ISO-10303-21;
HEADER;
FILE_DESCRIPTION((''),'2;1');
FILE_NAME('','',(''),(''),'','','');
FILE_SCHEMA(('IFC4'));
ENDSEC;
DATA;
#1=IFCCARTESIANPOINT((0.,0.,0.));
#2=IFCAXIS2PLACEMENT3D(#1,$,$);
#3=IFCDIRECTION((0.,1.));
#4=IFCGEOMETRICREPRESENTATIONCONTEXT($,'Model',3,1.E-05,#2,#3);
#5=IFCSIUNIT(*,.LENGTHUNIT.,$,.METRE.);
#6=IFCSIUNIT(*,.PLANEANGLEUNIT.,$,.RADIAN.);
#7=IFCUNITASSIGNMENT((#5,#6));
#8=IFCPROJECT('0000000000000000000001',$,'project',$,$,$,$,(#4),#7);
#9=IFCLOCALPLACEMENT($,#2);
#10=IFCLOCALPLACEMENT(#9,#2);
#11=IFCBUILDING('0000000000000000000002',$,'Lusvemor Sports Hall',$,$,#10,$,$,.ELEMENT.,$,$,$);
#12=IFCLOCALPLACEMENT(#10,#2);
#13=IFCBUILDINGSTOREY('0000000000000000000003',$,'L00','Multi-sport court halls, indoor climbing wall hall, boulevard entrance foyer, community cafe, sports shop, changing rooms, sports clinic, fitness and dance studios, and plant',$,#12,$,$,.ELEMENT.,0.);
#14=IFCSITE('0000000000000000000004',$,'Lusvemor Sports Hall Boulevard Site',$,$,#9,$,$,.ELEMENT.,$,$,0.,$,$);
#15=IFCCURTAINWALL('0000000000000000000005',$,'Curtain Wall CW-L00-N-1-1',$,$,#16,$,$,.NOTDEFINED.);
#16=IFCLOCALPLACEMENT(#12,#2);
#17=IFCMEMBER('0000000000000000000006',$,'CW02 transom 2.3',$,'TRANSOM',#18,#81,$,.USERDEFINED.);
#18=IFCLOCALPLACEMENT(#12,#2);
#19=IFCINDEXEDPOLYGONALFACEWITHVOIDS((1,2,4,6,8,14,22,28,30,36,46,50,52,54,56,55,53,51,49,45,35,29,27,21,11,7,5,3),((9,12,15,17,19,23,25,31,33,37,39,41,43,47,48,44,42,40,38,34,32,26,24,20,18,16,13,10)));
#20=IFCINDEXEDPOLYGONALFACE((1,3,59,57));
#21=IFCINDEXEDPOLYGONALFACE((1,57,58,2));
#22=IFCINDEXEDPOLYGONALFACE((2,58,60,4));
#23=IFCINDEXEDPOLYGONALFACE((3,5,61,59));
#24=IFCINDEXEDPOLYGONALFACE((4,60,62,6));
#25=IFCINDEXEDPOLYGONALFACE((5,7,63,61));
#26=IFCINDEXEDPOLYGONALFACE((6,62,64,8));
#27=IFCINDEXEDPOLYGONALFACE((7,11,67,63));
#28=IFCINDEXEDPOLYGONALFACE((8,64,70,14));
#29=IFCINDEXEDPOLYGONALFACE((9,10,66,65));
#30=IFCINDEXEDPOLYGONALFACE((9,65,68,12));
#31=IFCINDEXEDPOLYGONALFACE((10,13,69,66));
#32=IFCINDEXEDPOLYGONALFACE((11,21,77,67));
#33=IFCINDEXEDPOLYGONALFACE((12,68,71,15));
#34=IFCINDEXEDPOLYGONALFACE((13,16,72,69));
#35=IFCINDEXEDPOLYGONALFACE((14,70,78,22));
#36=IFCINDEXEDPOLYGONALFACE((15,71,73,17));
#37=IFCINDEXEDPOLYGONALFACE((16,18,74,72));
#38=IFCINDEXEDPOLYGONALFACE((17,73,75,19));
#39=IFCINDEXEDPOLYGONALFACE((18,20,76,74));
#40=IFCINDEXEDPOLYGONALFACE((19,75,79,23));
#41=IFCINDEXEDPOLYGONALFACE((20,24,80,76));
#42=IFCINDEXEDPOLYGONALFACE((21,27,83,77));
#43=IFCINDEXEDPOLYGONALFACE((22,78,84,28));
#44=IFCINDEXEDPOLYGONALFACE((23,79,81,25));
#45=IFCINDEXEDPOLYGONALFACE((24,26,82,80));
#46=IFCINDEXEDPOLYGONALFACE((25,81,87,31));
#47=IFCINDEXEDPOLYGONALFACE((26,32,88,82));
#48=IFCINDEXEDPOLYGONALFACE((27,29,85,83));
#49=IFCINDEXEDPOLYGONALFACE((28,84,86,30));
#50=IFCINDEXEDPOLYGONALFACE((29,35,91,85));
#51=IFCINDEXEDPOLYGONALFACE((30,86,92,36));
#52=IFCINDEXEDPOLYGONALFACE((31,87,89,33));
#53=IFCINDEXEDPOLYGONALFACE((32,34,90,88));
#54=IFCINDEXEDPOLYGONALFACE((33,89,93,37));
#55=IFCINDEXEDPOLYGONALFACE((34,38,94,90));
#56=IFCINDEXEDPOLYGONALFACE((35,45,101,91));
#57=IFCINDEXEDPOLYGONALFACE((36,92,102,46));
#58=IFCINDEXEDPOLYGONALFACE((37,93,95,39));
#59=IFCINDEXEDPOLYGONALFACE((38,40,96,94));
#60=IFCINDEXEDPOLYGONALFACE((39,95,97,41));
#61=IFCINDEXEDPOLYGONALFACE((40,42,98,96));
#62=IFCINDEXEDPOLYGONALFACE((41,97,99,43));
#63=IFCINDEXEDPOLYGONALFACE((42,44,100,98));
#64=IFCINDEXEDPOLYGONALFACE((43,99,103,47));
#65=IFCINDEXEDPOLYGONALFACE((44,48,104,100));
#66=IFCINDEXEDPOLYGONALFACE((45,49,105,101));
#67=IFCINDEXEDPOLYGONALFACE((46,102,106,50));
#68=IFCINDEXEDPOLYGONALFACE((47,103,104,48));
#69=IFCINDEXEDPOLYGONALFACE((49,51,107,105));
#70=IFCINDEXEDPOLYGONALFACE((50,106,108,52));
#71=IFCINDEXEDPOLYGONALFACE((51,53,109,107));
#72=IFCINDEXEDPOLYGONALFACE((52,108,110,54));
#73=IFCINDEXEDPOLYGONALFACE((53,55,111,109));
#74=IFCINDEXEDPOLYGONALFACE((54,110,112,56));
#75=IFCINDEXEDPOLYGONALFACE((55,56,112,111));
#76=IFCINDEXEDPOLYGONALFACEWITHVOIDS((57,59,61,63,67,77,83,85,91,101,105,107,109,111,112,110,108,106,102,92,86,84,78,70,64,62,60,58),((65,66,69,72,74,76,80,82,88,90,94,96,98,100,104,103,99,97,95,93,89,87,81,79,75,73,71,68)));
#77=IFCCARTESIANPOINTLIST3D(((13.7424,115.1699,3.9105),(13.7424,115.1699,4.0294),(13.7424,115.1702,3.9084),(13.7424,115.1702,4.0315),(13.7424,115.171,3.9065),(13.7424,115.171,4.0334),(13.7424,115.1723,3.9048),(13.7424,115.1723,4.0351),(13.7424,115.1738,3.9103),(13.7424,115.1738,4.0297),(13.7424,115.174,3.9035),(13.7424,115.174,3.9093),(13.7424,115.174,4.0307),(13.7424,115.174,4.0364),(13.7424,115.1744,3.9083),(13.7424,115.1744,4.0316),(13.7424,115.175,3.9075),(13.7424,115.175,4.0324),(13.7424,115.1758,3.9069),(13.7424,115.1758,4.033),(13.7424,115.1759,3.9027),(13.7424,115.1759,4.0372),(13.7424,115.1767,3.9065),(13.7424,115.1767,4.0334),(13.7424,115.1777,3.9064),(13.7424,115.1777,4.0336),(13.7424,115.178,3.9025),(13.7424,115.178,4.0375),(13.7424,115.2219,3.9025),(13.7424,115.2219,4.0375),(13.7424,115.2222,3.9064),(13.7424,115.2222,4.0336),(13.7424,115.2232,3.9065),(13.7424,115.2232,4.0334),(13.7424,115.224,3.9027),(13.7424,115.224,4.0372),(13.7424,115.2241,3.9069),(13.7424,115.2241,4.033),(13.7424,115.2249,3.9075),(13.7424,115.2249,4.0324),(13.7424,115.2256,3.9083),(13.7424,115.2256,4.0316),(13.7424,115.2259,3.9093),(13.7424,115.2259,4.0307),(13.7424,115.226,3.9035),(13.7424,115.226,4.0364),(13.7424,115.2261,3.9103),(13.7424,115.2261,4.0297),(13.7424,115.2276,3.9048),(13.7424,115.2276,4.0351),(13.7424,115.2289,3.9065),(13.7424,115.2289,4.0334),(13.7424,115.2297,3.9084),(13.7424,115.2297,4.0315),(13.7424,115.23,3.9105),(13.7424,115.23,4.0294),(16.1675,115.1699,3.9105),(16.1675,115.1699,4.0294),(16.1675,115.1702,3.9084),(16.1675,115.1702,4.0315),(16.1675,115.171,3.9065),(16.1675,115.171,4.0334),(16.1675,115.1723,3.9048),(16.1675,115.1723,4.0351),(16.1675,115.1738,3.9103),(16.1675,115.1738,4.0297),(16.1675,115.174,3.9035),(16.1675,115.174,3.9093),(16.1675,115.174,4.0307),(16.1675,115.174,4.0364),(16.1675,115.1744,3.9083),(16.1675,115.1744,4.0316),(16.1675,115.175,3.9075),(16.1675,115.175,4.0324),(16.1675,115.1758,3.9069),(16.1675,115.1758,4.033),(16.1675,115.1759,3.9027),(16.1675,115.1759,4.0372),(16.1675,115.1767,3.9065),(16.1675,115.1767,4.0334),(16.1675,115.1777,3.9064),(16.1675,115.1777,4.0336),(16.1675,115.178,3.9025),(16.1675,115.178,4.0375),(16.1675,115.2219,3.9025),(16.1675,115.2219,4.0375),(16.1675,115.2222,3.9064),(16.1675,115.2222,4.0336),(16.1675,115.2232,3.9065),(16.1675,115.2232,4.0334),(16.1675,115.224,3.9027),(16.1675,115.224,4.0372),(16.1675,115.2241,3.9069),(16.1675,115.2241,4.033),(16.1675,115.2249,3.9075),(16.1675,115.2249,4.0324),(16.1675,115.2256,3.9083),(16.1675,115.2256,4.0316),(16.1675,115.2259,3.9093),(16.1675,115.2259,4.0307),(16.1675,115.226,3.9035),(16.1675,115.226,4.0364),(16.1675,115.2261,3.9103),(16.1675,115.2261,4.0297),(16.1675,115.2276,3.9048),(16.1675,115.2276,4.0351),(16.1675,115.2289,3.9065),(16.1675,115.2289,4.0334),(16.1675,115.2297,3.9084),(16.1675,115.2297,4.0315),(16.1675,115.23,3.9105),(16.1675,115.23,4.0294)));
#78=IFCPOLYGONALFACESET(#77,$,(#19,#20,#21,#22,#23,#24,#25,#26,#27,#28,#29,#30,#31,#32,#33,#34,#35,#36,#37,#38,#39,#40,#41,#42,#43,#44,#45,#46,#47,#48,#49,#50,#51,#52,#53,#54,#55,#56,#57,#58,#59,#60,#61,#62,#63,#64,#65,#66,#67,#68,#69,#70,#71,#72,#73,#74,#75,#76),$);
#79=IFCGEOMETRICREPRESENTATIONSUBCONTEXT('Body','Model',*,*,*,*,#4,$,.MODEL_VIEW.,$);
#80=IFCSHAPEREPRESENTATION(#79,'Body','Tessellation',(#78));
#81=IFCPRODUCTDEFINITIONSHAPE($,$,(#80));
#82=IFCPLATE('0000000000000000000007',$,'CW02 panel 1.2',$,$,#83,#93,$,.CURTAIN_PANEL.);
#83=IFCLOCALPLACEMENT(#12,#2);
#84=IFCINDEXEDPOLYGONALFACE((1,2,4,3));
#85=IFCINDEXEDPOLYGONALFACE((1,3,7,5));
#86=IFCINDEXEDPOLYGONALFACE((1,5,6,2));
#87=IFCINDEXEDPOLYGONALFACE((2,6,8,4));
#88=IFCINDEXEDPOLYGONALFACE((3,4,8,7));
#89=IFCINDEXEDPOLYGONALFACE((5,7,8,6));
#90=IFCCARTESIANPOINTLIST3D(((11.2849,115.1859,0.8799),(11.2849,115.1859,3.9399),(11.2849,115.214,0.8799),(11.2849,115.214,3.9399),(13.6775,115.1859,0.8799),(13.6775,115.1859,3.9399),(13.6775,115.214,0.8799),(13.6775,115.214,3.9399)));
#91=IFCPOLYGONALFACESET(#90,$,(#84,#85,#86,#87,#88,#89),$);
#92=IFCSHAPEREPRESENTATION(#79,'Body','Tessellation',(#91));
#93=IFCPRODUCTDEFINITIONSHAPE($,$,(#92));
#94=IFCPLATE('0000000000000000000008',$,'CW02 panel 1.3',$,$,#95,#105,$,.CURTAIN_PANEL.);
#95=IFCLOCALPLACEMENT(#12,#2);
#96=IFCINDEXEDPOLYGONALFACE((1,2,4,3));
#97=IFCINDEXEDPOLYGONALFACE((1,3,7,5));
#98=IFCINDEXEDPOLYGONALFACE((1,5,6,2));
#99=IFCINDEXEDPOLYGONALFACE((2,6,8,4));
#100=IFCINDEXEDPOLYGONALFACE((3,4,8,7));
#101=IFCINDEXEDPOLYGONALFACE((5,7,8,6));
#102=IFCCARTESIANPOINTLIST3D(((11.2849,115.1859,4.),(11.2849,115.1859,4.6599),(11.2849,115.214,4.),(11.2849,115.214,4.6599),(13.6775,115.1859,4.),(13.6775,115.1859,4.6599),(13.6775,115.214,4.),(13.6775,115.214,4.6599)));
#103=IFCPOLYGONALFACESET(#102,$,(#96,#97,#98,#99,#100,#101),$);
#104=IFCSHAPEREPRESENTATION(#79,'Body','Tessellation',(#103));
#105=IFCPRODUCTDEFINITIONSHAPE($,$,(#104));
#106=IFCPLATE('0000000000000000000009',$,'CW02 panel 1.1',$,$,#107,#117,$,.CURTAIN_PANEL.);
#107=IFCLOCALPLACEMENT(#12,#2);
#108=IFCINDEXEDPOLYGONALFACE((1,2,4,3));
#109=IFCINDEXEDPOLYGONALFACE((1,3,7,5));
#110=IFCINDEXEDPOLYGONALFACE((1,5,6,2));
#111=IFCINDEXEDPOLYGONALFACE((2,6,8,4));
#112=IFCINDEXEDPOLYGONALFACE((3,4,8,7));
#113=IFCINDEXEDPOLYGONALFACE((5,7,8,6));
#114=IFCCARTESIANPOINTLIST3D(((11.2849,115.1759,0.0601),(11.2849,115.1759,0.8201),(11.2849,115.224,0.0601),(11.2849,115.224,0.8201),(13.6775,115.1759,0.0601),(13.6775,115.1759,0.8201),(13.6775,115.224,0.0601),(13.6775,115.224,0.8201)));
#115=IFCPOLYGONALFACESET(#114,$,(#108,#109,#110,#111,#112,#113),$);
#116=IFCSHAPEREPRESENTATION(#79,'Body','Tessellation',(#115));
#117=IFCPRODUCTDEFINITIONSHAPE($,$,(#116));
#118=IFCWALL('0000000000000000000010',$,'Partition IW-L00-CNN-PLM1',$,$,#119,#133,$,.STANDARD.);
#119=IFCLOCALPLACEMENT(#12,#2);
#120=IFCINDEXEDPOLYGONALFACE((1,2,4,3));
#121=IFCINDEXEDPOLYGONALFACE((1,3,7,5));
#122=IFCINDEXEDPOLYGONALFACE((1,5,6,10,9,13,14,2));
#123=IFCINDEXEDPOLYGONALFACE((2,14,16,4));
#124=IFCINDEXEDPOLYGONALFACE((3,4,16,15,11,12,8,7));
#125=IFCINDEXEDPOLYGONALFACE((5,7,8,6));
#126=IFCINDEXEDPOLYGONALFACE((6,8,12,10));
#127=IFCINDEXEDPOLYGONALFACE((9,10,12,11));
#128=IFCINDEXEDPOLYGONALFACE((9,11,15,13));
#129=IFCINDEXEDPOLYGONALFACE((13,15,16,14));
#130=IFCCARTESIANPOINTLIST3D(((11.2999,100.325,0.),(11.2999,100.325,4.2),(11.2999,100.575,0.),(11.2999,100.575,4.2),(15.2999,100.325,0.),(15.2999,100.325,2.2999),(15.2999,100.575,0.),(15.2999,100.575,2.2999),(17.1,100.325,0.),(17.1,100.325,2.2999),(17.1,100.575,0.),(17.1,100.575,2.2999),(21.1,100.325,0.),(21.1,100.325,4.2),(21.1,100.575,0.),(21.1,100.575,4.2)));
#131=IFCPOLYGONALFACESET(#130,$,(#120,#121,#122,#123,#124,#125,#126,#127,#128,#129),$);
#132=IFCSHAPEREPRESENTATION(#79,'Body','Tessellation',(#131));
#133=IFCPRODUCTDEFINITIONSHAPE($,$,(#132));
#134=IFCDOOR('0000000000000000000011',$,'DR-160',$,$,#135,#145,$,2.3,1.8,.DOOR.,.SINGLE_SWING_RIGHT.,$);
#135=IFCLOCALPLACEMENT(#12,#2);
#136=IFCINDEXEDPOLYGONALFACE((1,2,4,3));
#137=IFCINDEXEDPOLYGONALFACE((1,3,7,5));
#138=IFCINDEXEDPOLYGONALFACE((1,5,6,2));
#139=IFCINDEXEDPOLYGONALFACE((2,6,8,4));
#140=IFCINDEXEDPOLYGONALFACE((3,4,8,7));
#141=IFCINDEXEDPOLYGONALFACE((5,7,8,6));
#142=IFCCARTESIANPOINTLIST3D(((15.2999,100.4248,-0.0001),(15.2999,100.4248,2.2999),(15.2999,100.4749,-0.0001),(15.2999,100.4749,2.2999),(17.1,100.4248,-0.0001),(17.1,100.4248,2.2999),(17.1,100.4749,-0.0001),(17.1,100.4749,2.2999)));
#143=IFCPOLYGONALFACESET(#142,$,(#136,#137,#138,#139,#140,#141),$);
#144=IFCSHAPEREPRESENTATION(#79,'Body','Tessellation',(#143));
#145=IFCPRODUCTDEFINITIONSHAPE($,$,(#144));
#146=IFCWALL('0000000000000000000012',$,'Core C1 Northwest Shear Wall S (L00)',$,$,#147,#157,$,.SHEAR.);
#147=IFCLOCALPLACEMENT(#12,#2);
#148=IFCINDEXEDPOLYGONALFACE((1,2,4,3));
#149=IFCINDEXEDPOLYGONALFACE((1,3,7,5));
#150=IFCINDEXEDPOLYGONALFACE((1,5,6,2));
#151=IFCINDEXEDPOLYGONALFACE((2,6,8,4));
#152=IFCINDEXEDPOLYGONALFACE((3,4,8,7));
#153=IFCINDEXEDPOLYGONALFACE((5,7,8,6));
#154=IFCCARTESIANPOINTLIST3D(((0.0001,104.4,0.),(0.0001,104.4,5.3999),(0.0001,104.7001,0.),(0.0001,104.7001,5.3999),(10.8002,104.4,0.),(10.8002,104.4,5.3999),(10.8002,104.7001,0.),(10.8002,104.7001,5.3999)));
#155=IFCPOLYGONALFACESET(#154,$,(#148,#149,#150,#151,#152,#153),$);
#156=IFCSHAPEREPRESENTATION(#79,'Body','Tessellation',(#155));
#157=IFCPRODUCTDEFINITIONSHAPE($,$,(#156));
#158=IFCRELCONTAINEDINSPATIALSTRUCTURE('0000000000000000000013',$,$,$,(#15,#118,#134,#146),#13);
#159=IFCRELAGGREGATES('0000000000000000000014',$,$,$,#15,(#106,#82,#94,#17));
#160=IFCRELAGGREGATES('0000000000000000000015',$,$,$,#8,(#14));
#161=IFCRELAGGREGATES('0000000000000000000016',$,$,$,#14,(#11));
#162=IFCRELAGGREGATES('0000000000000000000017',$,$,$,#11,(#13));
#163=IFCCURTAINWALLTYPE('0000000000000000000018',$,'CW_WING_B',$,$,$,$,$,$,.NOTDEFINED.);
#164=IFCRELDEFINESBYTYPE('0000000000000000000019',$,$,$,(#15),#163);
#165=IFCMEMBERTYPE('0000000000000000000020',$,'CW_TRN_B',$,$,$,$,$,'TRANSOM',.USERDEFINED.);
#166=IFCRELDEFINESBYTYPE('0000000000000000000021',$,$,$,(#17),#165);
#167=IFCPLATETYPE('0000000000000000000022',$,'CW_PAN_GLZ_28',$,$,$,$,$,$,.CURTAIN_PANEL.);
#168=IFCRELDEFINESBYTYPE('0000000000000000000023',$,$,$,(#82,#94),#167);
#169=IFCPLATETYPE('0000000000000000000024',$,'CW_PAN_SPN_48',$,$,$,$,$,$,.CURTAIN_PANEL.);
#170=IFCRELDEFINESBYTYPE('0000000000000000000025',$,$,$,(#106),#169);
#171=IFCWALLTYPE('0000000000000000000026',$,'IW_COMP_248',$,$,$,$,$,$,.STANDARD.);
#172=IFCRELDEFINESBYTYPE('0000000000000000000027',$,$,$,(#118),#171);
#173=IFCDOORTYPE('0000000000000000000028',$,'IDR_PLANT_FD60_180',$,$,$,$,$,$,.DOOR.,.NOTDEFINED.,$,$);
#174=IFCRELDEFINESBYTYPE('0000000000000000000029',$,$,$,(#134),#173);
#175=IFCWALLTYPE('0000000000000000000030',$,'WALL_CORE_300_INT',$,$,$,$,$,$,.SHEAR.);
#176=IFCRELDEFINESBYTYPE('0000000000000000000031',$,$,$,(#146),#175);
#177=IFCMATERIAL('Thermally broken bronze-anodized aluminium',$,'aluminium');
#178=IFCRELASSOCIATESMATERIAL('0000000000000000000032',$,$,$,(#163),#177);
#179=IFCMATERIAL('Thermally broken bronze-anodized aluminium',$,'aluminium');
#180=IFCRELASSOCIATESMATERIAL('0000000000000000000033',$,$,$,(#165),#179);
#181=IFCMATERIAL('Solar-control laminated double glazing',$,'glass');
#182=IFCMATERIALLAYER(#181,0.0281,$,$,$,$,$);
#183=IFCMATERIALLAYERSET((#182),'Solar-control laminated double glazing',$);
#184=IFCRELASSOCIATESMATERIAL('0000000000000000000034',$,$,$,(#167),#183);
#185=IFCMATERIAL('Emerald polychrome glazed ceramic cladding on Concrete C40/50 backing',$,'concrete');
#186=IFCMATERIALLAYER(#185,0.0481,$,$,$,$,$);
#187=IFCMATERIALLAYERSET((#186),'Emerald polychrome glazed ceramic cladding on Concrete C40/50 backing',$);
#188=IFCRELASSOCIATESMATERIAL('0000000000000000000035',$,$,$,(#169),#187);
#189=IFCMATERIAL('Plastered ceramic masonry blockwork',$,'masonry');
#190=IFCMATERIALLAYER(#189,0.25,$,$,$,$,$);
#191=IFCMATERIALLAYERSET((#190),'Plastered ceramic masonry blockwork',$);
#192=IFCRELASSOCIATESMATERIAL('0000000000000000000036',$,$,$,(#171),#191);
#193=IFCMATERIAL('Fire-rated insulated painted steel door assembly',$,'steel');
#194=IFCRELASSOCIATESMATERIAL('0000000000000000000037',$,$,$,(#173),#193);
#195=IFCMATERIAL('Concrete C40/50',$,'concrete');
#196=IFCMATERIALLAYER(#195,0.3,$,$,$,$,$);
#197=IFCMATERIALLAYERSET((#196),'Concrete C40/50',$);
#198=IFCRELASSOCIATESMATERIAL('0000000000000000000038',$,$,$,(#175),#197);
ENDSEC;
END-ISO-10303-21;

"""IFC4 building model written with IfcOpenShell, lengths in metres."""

from ifc_helpers import new_model, si_unit, direction, frame, frame_2d, origin, origin_2d, place, context, subcontext, project, spatial, rectangle, hollow_rectangle, extrude, material, layer, layer_set, material_profile, profile_set, type_object, element, fill, aggregate, save


model = new_model("IFC4")

# Units and contexts
model_context = context("Model", 3, precision=1e-05, world=origin(), true_north=direction((0.0, 1.0)))
body_context = subcontext(model_context, "Body", "Model", "MODEL_VIEW")
ifc_project = project(units=[si_unit("LENGTHUNIT", "METRE"), si_unit("PLANEANGLEUNIT", "RADIAN")], contexts=[model_context])

# Site, building, storey
site_placement = place(None, origin())
site = spatial("IfcSite", under=ifc_project, at=site_placement, Name="Lusvemor Sports Hall Boulevard Site", CompositionType="ELEMENT", RefElevation=0.0)
building_placement = place(site_placement, origin())
building = spatial("IfcBuilding", under=site, at=building_placement, Name="Lusvemor Sports Hall", CompositionType="ELEMENT")
storey_placement = place(building_placement, origin())
storey = spatial("IfcBuildingStorey", under=building, at=storey_placement, Name="L00", Description="Multi-sport court halls, indoor climbing wall hall, boulevard entrance foyer, community cafe, sports shop, changing rooms, sports clinic, fitness and dance studios, and plant", CompositionType="ELEMENT", Elevation=0.0)

# Curtain wall, member, plates
ifc_material_1 = material(Name="Thermally broken bronze-anodized aluminium", Category="aluminium")
curtain_wall_type = type_object("IfcCurtainWallType", Name="CW_WING_B", PredefinedType="NOTDEFINED", material=ifc_material_1)
curtain_wall_placement = place(storey_placement, origin())
curtain_wall = element("IfcCurtainWall", 1, at=curtain_wall_placement, inside=storey, type_object=curtain_wall_type, Name="Curtain Wall CW-L00-N-1-1", PredefinedType="NOTDEFINED")
ifc_material_2 = material(Name="Thermally broken bronze-anodized aluminium", Category="aluminium")
ifc_material_profile_1 = material_profile(ifc_material_2, hollow_rectangle(XDim=0.0601, YDim=0.135, WallThickness=0.0039, InnerFilletRadius=0.0039, OuterFilletRadius=0.0081, at=origin_2d()), Name="CWTRN135x60x4")
ifc_profile_set_1 = profile_set([ifc_material_profile_1], Name="Thermally broken bronze-anodized aluminium")
member_type_1 = type_object("IfcMemberType", Name="CW_TRN_B", ElementType="TRANSOM", PredefinedType="USERDEFINED", material=ifc_profile_set_1)
member_1_placement = place(storey_placement, frame((13.7424, 115.2, 3.97), z_axis=(1.0, 0.0, 0.0), x_axis=(0.0, 1.0, 0.0)))
member_1 = element("IfcMember", 2, at=member_1_placement, type_object=member_type_1, Name="CW02 transom 2.3", ObjectType="TRANSOM", PredefinedType="USERDEFINED", context=body_context, shape_type="SweptSolid", body=[
    extrude(hollow_rectangle(XDim=0.0601, YDim=0.135, WallThickness=0.0039, InnerFilletRadius=0.0039, OuterFilletRadius=0.0081, at=origin_2d()), origin(), (0.0, 0.0, 1.0), 2.425),
])
ifc_material_3 = material(Name="Solar-control laminated double glazing", Category="glass")
ifc_layer_1 = layer(ifc_material_3, 0.0281)
ifc_layer_set_1 = layer_set([ifc_layer_1], Name="Solar-control laminated double glazing")
plate_type_1 = type_object("IfcPlateType", Name="CW_PAN_GLZ_28", PredefinedType="CURTAIN_PANEL", material=ifc_layer_set_1)
plate_1_placement = place(storey_placement, frame((12.4812, 115.2, 0.8799), z_axis=(0.0, 0.0, 1.0), x_axis=(1.0, 0.0, 0.0)))
plate_1 = element("IfcPlate", 3, at=plate_1_placement, type_object=plate_type_1, Name="CW02 panel 1.2", PredefinedType="CURTAIN_PANEL", context=body_context, shape_type="SweptSolid", body=[
    extrude(rectangle(XDim=2.3926, YDim=0.0281, at=origin_2d()), origin(), (0.0, 0.0, 1.0), 3.0601),
])
plate_2_placement = place(storey_placement, frame((12.4812, 115.2, 4.0), z_axis=(0.0, 0.0, 1.0), x_axis=(1.0, 0.0, 0.0)))
plate_2 = element("IfcPlate", 4, at=plate_2_placement, type_object=plate_type_1, Name="CW02 panel 1.3", PredefinedType="CURTAIN_PANEL", context=body_context, shape_type="SweptSolid", body=[
    extrude(rectangle(XDim=2.3926, YDim=0.0281, at=origin_2d()), origin(), (0.0, 0.0, 1.0), 0.6599),
])
ifc_material_4 = material(Name="Emerald polychrome glazed ceramic cladding on Concrete C40/50 backing", Category="concrete")
ifc_layer_2 = layer(ifc_material_4, 0.0481)
ifc_layer_set_2 = layer_set([ifc_layer_2], Name="Emerald polychrome glazed ceramic cladding on Concrete C40/50 backing")
plate_type_2 = type_object("IfcPlateType", Name="CW_PAN_SPN_48", PredefinedType="CURTAIN_PANEL", material=ifc_layer_set_2)
plate_3_placement = place(storey_placement, frame((12.4812, 115.2, 0.0601), z_axis=(0.0, 0.0, 1.0), x_axis=(1.0, 0.0, 0.0)))
plate_3 = element("IfcPlate", 5, at=plate_3_placement, type_object=plate_type_2, Name="CW02 panel 1.1", PredefinedType="CURTAIN_PANEL", context=body_context, shape_type="SweptSolid", body=[
    extrude(rectangle(XDim=2.3926, YDim=0.0481, at=origin_2d()), origin(), (0.0, 0.0, 1.0), 0.76),
])
aggregate(curtain_wall, [plate_3, plate_1, plate_2, member_1])

# Wall, opening, door
ifc_material_5 = material(Name="Plastered ceramic masonry blockwork", Category="masonry")
ifc_layer_3 = layer(ifc_material_5, 0.25)
ifc_layer_set_3 = layer_set([ifc_layer_3], Name="Plastered ceramic masonry blockwork")
wall_type_1 = type_object("IfcWallType", Name="IW_COMP_248", PredefinedType="STANDARD", material=ifc_layer_set_3)
wall_1_placement = place(storey_placement, frame((11.3, 100.45, 0.0), z_axis=(0.0, 0.0, 1.0), x_axis=(1.0, 0.0, 0.0)))
wall_1 = element("IfcWall", 6, at=wall_1_placement, inside=storey, type_object=wall_type_1, Name="Partition IW-L00-CNN-PLM1", PredefinedType="STANDARD", context=body_context, shape_type="SweptSolid", body=[
    extrude(rectangle(XDim=9.8, YDim=0.25, at=frame_2d((4.8999, 0.0))), origin(), (0.0, 0.0, 1.0), 4.2),
])
opening_1_placement = place(wall_1_placement, frame((4.0, 0.0, 0.0)))
opening_1 = element("IfcOpeningElement", 7, at=opening_1_placement, cuts=wall_1, PredefinedType="OPENING", context=body_context, shape_type="SweptSolid", body=[
    extrude(rectangle(XDim=1.8, YDim=2.3, at=frame_2d((0.8999, 1.1499))), frame((0.0, 0.125, 0.0), z_axis=(0.0, -1.0, 0.0), x_axis=(1.0, 0.0, 0.0)), (0.0, 0.0, 1.0), 0.25),
])
ifc_material_6 = material(Name="Fire-rated insulated painted steel door assembly", Category="steel")
door_type_1 = type_object("IfcDoorType", Name="IDR_PLANT_FD60_180", OperationType="NOTDEFINED", PredefinedType="DOOR", material=ifc_material_6)
door_1_placement = place(opening_1_placement, origin())
door_1 = element("IfcDoor", 8, at=door_1_placement, inside=storey, type_object=door_type_1, Name="DR-160", OperationType="SINGLE_SWING_RIGHT", OverallHeight=2.3, OverallWidth=1.8, PredefinedType="DOOR", context=body_context, shape_type="SweptSolid", body=[
    extrude(rectangle(XDim=1.8, YDim=2.3, at=frame_2d((0.8999, 1.1499))), frame((0.0, 0.0249, 0.0), z_axis=(0.0, -1.0, 0.0), x_axis=(1.0, 0.0, 0.0)), (0.0, 0.0, 1.0), 0.05),
])
fill(opening_1, door_1)

# Wall
ifc_material_7 = material(Name="Concrete C40/50", Category="concrete")
ifc_layer_4 = layer(ifc_material_7, 0.3)
ifc_layer_set_4 = layer_set([ifc_layer_4], Name="Concrete C40/50")
wall_type_2 = type_object("IfcWallType", Name="WALL_CORE_300_INT", PredefinedType="SHEAR", material=ifc_layer_set_4)
wall_2_placement = place(storey_placement, frame((10.8, 104.55, 0.0), z_axis=(0.0, 0.0, 1.0), x_axis=(-1.0, 0.0, 0.0)))
element("IfcWall", 9, at=wall_2_placement, inside=storey, type_object=wall_type_2, Name="Core C1 Northwest Shear Wall S (L00)", PredefinedType="SHEAR", context=body_context, shape_type="SweptSolid", body=[
    extrude(rectangle(XDim=10.8, YDim=0.3, at=frame_2d((5.3999, 0.0))), origin(), (0.0, 0.0, 1.0), 5.3999),
])

save(model, "model.ifc")
